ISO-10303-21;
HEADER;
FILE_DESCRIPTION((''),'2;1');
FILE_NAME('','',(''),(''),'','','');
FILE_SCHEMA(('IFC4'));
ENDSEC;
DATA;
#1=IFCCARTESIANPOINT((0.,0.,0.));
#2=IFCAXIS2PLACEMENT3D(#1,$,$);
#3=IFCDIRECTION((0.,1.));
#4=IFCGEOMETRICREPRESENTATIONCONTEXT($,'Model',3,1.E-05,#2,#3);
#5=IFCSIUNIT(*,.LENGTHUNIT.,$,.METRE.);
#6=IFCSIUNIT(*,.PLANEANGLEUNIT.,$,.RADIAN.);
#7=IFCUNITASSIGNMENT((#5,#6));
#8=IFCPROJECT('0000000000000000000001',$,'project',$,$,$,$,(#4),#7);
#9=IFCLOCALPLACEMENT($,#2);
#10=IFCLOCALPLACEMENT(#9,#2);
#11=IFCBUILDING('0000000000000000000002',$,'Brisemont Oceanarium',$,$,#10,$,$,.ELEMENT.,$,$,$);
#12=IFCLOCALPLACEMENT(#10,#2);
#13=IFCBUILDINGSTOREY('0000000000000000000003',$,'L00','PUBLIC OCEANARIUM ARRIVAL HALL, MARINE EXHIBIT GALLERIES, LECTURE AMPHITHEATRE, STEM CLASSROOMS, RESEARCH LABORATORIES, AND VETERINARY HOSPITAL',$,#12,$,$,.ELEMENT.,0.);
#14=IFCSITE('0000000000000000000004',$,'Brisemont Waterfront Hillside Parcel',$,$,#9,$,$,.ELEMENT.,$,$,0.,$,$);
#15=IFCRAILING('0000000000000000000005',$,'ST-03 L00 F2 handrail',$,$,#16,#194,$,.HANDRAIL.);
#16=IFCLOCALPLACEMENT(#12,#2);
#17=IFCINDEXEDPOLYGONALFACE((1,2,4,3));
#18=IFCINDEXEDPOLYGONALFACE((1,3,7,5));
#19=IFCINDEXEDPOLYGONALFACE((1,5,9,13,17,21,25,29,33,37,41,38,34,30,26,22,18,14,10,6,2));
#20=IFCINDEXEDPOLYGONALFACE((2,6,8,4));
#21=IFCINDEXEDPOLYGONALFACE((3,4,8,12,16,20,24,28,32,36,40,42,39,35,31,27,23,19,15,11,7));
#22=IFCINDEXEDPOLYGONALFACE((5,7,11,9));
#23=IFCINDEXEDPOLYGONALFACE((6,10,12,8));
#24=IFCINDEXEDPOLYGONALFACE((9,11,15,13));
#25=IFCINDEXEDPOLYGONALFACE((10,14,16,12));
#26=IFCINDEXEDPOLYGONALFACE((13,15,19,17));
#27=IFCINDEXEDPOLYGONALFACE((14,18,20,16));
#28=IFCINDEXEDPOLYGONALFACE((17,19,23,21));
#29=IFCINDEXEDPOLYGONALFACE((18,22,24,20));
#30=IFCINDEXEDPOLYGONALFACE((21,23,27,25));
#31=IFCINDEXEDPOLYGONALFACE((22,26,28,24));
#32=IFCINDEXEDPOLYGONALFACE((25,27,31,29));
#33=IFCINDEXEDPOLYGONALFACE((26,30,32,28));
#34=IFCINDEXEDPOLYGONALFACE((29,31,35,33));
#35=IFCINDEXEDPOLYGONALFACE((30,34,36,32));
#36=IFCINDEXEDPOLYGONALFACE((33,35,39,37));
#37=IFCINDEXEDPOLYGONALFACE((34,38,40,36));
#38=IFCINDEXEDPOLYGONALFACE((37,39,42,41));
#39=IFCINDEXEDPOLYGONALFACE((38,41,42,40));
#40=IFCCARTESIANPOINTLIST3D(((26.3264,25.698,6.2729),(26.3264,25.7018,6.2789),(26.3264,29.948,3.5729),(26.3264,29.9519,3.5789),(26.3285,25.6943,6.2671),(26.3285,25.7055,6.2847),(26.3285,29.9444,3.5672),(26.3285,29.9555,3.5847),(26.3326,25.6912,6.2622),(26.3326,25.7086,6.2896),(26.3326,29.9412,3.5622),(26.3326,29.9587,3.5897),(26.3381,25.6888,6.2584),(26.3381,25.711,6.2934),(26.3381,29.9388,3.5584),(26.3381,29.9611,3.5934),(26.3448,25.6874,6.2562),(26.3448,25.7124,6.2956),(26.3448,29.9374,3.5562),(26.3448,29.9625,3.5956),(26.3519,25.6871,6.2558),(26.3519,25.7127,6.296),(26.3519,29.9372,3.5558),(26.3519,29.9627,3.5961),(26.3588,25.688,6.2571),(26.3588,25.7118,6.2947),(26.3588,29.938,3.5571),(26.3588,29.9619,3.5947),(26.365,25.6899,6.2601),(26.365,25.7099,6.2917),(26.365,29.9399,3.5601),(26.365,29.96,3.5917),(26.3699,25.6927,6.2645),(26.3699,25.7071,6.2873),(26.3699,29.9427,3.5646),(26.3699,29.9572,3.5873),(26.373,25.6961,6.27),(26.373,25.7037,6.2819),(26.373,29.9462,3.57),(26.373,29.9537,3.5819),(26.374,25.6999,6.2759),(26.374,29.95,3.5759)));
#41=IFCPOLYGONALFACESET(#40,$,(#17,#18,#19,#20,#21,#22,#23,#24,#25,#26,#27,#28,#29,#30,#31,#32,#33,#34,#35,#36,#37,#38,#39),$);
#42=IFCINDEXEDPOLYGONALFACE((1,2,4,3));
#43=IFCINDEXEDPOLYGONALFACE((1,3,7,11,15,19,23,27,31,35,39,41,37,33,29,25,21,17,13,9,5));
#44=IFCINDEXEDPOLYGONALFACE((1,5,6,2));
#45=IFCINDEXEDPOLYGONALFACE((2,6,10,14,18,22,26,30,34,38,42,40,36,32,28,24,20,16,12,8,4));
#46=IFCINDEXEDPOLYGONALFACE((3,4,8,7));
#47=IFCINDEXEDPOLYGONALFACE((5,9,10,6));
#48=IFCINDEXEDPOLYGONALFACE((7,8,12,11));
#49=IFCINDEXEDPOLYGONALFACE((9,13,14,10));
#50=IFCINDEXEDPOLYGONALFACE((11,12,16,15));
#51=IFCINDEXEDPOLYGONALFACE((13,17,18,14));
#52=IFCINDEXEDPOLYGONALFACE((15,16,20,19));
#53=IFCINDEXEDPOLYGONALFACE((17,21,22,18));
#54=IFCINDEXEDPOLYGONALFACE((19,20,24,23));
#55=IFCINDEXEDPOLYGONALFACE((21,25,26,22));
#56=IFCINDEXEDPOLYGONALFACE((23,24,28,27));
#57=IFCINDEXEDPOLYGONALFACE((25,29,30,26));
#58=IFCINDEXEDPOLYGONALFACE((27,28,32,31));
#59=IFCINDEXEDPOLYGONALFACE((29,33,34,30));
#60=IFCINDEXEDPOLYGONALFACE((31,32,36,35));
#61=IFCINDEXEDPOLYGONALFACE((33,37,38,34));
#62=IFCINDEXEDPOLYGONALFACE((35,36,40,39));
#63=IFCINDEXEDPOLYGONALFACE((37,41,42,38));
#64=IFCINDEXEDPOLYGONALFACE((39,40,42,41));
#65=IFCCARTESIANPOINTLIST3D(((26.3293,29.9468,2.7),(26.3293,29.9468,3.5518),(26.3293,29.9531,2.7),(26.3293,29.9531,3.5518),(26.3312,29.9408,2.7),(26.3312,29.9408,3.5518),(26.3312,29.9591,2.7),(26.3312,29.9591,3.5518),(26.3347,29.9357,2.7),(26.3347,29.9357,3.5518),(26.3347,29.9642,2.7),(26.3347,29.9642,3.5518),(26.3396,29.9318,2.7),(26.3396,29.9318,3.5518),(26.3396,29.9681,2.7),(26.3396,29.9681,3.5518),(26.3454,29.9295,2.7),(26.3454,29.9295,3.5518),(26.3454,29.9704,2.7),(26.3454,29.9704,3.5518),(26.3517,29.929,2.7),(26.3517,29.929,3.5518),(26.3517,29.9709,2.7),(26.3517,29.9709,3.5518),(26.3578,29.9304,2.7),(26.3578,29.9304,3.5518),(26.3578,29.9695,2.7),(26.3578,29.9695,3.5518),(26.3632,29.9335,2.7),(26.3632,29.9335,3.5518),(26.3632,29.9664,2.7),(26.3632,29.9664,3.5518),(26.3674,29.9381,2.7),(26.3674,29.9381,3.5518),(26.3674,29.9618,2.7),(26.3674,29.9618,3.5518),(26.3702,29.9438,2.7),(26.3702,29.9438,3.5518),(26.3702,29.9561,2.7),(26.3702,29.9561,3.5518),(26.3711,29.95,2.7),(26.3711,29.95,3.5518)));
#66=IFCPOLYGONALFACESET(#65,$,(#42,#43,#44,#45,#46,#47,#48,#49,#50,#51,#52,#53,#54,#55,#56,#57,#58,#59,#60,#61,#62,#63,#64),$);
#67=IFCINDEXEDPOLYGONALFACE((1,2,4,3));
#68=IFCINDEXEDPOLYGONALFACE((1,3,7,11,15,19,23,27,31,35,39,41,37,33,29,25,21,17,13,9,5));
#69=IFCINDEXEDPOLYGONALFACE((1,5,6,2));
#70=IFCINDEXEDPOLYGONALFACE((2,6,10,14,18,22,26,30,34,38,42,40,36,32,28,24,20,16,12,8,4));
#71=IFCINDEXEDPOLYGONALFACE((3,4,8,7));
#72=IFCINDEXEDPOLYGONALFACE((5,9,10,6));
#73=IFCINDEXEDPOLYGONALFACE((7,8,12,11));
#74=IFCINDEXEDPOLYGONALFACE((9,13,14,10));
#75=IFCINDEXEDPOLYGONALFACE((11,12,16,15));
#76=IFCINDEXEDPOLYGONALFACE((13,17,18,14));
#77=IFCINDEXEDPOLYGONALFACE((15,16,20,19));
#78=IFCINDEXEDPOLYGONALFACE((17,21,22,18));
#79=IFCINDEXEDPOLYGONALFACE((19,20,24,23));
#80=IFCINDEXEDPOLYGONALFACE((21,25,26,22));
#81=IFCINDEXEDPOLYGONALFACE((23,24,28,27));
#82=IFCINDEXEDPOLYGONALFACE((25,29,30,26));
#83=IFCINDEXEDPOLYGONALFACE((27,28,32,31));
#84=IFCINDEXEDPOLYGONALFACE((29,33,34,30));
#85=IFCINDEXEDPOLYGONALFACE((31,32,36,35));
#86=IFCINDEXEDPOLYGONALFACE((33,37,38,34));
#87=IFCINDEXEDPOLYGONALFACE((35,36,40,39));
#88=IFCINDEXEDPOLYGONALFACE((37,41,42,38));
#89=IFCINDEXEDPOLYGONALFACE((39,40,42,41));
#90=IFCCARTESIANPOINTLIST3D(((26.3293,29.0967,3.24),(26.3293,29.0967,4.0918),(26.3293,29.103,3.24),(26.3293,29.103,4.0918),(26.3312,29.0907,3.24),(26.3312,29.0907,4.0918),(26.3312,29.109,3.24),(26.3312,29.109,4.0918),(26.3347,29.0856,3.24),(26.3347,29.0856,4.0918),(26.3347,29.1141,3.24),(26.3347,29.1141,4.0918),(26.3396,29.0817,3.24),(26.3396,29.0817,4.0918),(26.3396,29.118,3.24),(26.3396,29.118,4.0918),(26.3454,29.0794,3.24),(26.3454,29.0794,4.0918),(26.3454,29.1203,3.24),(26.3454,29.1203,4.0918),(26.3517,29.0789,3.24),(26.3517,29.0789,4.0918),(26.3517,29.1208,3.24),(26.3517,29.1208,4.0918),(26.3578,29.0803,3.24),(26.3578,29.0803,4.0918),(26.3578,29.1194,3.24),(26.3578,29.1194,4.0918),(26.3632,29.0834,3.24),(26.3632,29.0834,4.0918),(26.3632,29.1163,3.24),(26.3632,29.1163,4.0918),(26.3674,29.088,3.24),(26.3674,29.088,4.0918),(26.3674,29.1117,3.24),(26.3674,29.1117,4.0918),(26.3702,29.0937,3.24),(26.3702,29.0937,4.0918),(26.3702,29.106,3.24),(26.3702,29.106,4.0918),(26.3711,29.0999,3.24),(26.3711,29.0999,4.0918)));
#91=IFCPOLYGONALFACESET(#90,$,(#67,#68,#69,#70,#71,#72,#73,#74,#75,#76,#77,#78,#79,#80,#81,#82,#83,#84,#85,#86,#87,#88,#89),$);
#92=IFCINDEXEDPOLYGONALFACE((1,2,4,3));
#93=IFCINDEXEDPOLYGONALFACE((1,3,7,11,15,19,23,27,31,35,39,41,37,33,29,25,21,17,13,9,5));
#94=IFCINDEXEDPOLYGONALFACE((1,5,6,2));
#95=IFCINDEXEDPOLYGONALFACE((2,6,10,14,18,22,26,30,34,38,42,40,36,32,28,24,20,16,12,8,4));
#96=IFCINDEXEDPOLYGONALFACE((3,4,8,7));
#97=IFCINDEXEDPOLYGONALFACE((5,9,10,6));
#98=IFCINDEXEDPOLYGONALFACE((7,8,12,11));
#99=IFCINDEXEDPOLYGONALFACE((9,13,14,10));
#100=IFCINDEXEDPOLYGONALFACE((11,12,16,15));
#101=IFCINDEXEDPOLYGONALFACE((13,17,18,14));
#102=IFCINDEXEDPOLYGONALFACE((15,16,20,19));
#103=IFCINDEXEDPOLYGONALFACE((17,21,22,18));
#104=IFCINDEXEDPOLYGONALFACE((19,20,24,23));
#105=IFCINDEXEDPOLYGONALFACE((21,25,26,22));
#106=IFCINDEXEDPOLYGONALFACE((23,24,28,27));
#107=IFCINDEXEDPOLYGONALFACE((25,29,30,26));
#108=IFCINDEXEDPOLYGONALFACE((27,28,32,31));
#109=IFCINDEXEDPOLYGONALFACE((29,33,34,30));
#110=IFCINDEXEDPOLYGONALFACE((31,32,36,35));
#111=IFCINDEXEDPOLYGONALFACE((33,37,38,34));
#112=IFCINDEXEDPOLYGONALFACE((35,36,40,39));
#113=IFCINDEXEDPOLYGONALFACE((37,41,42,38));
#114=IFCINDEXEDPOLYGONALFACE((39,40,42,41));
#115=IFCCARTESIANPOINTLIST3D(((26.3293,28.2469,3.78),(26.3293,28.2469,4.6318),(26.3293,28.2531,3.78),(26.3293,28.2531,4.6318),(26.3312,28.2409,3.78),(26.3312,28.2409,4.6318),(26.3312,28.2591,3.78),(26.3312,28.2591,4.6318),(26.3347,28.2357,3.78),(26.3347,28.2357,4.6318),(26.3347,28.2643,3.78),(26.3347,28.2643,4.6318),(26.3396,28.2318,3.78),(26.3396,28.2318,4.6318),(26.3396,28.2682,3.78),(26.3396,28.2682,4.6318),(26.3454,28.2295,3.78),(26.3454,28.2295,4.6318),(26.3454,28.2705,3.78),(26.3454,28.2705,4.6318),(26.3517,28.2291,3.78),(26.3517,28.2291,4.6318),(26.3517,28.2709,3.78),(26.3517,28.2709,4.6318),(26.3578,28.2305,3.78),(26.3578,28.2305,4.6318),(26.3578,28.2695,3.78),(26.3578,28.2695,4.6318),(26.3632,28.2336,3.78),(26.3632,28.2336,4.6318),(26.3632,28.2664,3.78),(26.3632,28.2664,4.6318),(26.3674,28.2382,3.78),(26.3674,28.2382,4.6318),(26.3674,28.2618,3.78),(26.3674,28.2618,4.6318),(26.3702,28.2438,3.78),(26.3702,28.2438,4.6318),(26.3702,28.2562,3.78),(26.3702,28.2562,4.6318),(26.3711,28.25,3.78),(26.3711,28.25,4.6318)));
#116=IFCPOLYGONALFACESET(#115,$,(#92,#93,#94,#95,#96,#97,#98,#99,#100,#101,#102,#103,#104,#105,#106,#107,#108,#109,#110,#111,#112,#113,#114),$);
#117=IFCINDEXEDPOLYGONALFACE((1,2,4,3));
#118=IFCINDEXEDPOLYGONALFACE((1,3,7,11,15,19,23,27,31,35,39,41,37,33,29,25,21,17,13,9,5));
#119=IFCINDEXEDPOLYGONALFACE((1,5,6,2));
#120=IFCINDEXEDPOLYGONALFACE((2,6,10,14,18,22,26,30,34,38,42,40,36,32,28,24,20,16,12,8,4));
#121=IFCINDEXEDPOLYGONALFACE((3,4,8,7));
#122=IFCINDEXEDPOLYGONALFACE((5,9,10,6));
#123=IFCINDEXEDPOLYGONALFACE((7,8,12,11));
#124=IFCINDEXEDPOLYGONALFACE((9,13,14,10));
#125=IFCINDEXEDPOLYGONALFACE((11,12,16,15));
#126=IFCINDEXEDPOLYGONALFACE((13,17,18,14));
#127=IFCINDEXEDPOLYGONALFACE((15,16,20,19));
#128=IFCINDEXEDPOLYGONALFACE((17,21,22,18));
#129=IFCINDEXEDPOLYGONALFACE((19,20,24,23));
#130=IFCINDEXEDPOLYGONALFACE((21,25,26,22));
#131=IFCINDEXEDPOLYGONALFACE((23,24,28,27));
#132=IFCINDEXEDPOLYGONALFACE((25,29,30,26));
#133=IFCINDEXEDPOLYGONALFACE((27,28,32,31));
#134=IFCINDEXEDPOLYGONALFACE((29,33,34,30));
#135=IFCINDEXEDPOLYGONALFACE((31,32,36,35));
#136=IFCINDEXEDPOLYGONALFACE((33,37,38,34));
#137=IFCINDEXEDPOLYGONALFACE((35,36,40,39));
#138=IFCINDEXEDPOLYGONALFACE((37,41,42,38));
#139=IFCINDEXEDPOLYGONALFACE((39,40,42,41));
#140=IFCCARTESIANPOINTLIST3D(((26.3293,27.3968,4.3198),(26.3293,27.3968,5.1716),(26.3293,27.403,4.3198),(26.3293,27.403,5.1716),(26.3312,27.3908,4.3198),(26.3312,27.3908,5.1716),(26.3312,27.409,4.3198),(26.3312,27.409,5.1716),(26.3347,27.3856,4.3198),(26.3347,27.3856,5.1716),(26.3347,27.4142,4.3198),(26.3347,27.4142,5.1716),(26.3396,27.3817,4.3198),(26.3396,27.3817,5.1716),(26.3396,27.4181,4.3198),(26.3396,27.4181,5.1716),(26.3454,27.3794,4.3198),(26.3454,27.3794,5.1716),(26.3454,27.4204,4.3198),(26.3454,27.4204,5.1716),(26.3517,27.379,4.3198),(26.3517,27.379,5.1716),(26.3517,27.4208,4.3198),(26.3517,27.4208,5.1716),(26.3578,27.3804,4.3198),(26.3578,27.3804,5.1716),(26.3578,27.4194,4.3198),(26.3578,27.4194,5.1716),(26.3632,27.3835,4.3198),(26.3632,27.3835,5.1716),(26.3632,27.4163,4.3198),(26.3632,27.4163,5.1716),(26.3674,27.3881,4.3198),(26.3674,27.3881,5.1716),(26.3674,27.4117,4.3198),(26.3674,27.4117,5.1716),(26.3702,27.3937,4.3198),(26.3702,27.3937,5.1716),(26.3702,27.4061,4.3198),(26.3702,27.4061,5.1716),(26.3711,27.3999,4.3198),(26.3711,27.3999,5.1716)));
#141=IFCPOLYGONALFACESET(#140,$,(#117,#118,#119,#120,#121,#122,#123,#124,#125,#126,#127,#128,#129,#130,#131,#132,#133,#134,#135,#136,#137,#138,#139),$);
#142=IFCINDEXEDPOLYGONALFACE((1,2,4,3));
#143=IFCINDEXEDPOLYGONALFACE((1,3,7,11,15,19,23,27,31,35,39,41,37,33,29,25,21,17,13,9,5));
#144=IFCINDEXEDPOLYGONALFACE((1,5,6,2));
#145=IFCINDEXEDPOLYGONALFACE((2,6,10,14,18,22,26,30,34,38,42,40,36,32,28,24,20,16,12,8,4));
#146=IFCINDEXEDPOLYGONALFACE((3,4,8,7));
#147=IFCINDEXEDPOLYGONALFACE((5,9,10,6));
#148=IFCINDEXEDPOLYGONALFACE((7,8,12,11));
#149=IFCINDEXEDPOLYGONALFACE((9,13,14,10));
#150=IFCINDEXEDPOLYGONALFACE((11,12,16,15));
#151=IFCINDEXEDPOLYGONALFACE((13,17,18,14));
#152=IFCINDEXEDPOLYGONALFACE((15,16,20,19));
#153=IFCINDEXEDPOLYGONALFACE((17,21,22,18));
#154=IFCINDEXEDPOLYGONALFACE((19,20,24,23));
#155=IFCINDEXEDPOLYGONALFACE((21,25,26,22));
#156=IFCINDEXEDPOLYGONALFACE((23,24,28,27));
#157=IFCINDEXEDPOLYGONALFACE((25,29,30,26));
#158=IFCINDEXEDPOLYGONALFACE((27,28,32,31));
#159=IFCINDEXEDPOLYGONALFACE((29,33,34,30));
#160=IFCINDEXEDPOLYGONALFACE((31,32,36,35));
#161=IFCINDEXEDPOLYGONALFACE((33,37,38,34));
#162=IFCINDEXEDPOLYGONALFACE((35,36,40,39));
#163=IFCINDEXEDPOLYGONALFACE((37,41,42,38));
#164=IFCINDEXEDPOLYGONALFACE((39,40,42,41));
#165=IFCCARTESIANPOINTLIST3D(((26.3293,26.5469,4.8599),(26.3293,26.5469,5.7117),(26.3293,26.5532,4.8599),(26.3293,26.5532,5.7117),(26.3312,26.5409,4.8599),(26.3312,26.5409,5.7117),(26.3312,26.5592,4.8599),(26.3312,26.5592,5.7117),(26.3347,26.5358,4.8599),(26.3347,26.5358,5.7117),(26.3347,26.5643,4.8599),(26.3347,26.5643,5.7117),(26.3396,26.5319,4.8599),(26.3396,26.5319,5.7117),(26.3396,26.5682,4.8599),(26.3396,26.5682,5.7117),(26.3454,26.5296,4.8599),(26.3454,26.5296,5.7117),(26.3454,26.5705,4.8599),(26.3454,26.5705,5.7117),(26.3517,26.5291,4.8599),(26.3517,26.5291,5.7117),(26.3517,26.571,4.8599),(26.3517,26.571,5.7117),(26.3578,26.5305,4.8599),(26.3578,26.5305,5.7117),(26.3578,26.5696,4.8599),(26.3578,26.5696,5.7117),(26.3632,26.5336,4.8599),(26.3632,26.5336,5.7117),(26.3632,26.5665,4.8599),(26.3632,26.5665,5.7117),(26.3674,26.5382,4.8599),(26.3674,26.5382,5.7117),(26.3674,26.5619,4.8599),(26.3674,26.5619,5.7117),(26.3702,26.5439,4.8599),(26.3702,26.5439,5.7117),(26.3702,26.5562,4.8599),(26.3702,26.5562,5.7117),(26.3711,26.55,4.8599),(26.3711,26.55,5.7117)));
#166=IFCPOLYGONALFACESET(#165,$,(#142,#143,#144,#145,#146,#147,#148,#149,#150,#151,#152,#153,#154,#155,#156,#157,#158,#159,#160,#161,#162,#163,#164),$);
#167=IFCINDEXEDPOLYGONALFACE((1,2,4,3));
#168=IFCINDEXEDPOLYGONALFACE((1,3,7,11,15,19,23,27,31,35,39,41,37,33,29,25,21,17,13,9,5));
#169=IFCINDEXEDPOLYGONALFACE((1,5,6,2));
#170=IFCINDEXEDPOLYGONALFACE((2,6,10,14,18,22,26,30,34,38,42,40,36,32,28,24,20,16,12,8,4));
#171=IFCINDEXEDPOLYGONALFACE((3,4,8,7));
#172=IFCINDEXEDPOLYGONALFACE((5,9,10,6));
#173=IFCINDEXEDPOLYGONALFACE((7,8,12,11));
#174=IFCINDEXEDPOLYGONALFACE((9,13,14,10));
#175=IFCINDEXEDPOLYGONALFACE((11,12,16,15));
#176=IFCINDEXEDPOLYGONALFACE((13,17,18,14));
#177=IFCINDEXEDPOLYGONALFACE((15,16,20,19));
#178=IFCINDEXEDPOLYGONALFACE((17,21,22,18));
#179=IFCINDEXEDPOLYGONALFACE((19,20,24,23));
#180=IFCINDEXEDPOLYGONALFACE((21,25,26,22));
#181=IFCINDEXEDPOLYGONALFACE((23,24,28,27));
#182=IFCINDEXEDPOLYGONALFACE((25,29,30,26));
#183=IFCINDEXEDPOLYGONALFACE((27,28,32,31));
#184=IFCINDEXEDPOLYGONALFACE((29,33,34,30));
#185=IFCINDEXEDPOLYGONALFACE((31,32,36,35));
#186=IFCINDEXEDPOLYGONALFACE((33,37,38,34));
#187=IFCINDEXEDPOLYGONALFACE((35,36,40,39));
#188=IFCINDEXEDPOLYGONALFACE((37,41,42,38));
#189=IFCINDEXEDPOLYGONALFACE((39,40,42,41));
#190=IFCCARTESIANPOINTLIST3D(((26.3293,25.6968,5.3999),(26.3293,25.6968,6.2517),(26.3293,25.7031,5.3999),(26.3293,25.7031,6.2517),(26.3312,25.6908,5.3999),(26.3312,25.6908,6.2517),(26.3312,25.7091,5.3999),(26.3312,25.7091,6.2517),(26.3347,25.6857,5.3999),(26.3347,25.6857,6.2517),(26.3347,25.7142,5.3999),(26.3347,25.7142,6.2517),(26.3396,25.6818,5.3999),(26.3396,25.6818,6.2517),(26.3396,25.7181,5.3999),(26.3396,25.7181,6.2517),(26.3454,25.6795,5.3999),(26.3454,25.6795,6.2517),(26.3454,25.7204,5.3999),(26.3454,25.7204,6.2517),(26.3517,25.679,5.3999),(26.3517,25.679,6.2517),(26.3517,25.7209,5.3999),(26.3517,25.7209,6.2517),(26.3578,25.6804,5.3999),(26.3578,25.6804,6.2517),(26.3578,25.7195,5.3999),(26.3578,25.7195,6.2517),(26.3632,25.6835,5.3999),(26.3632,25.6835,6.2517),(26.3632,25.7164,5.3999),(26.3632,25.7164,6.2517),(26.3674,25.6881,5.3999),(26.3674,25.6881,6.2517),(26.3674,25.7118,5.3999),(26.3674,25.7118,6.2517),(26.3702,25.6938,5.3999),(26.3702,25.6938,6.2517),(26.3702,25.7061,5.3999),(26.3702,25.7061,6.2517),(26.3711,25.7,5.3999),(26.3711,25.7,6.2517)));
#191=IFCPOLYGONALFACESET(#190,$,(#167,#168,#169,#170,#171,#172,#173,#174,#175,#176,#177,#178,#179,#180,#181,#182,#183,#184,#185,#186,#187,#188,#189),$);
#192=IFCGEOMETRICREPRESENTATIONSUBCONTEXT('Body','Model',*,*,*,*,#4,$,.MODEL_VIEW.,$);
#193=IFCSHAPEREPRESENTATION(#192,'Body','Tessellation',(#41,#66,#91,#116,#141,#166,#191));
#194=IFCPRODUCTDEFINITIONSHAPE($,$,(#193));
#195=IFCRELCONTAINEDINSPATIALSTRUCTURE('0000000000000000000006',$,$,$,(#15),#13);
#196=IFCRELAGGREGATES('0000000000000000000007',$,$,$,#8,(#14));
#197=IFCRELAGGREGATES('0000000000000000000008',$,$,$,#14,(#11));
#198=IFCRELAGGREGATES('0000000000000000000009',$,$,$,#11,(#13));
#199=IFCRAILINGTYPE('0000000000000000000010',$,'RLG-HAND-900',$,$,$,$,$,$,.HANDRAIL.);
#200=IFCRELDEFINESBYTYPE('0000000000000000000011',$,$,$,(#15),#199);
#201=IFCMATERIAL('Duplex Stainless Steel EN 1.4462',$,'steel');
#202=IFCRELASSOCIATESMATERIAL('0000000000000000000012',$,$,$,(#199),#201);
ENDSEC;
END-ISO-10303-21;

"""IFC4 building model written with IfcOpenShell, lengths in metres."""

from ifc_helpers import new_model, si_unit, direction, frame, origin, origin_2d, place, context, subcontext, project, spatial, circle, extrude, material, type_object, element, save


model = new_model("IFC4")

# Units and contexts
model_context = context("Model", 3, precision=1e-05, world=origin(), true_north=direction((0.0, 1.0)))
body_context = subcontext(model_context, "Body", "Model", "MODEL_VIEW")
ifc_project = project(units=[si_unit("LENGTHUNIT", "METRE"), si_unit("PLANEANGLEUNIT", "RADIAN")], contexts=[model_context])

# Site, building, storey
site_placement = place(None, origin())
site = spatial("IfcSite", under=ifc_project, at=site_placement, Name="Brisemont Waterfront Hillside Parcel", CompositionType="ELEMENT", RefElevation=0.0)
building_placement = place(site_placement, origin())
building = spatial("IfcBuilding", under=site, at=building_placement, Name="Brisemont Oceanarium", CompositionType="ELEMENT")
storey_placement = place(building_placement, origin())
storey = spatial("IfcBuildingStorey", under=building, at=storey_placement, Name="L00", Description="PUBLIC OCEANARIUM ARRIVAL HALL, MARINE EXHIBIT GALLERIES, LECTURE AMPHITHEATRE, STEM CLASSROOMS, RESEARCH LABORATORIES, AND VETERINARY HOSPITAL", CompositionType="ELEMENT", Elevation=0.0)

# Railing
ifc_material_1 = material(Name="Duplex Stainless Steel EN 1.4462", Category="steel")
railing_type_1 = type_object("IfcRailingType", Name="RLG-HAND-900", PredefinedType="HANDRAIL", material=ifc_material_1)
railing_1_placement = place(storey_placement, frame((26.3501, 29.95, 2.7)))
element("IfcRailing", 1, at=railing_1_placement, inside=storey, type_object=railing_type_1, Name="ST-03 L00 F2 handrail", PredefinedType="HANDRAIL", context=body_context, shape_type="SweptSolid", body=[
    extrude(circle(Radius=0.0239, at=origin_2d()), frame((0.0, 0.0, 0.876), z_axis=(0.0, -0.844075, 0.536226), x_axis=(1.0, 0.0, 0.0)), (0.0, 0.0, 1.0), 5.0352),
    extrude(circle(Radius=0.021, at=origin_2d()), origin(), (0.0, 0.0, 1.0), 0.8518),
    extrude(circle(Radius=0.021, at=origin_2d()), frame((0.0, -0.8501, 0.54)), (0.0, 0.0, 1.0), 0.8518),
    extrude(circle(Radius=0.021, at=origin_2d()), frame((0.0, -1.7, 1.0801)), (0.0, 0.0, 1.0), 0.8518),
    extrude(circle(Radius=0.021, at=origin_2d()), frame((0.0, -2.55, 1.6199)), (0.0, 0.0, 1.0), 0.8518),
    extrude(circle(Radius=0.021, at=origin_2d()), frame((0.0, -3.3999, 2.1599)), (0.0, 0.0, 1.0), 0.8518),
    extrude(circle(Radius=0.021, at=origin_2d()), frame((0.0, -4.25, 2.7)), (0.0, 0.0, 1.0), 0.8518),
])

save(model, "model.ifc")
